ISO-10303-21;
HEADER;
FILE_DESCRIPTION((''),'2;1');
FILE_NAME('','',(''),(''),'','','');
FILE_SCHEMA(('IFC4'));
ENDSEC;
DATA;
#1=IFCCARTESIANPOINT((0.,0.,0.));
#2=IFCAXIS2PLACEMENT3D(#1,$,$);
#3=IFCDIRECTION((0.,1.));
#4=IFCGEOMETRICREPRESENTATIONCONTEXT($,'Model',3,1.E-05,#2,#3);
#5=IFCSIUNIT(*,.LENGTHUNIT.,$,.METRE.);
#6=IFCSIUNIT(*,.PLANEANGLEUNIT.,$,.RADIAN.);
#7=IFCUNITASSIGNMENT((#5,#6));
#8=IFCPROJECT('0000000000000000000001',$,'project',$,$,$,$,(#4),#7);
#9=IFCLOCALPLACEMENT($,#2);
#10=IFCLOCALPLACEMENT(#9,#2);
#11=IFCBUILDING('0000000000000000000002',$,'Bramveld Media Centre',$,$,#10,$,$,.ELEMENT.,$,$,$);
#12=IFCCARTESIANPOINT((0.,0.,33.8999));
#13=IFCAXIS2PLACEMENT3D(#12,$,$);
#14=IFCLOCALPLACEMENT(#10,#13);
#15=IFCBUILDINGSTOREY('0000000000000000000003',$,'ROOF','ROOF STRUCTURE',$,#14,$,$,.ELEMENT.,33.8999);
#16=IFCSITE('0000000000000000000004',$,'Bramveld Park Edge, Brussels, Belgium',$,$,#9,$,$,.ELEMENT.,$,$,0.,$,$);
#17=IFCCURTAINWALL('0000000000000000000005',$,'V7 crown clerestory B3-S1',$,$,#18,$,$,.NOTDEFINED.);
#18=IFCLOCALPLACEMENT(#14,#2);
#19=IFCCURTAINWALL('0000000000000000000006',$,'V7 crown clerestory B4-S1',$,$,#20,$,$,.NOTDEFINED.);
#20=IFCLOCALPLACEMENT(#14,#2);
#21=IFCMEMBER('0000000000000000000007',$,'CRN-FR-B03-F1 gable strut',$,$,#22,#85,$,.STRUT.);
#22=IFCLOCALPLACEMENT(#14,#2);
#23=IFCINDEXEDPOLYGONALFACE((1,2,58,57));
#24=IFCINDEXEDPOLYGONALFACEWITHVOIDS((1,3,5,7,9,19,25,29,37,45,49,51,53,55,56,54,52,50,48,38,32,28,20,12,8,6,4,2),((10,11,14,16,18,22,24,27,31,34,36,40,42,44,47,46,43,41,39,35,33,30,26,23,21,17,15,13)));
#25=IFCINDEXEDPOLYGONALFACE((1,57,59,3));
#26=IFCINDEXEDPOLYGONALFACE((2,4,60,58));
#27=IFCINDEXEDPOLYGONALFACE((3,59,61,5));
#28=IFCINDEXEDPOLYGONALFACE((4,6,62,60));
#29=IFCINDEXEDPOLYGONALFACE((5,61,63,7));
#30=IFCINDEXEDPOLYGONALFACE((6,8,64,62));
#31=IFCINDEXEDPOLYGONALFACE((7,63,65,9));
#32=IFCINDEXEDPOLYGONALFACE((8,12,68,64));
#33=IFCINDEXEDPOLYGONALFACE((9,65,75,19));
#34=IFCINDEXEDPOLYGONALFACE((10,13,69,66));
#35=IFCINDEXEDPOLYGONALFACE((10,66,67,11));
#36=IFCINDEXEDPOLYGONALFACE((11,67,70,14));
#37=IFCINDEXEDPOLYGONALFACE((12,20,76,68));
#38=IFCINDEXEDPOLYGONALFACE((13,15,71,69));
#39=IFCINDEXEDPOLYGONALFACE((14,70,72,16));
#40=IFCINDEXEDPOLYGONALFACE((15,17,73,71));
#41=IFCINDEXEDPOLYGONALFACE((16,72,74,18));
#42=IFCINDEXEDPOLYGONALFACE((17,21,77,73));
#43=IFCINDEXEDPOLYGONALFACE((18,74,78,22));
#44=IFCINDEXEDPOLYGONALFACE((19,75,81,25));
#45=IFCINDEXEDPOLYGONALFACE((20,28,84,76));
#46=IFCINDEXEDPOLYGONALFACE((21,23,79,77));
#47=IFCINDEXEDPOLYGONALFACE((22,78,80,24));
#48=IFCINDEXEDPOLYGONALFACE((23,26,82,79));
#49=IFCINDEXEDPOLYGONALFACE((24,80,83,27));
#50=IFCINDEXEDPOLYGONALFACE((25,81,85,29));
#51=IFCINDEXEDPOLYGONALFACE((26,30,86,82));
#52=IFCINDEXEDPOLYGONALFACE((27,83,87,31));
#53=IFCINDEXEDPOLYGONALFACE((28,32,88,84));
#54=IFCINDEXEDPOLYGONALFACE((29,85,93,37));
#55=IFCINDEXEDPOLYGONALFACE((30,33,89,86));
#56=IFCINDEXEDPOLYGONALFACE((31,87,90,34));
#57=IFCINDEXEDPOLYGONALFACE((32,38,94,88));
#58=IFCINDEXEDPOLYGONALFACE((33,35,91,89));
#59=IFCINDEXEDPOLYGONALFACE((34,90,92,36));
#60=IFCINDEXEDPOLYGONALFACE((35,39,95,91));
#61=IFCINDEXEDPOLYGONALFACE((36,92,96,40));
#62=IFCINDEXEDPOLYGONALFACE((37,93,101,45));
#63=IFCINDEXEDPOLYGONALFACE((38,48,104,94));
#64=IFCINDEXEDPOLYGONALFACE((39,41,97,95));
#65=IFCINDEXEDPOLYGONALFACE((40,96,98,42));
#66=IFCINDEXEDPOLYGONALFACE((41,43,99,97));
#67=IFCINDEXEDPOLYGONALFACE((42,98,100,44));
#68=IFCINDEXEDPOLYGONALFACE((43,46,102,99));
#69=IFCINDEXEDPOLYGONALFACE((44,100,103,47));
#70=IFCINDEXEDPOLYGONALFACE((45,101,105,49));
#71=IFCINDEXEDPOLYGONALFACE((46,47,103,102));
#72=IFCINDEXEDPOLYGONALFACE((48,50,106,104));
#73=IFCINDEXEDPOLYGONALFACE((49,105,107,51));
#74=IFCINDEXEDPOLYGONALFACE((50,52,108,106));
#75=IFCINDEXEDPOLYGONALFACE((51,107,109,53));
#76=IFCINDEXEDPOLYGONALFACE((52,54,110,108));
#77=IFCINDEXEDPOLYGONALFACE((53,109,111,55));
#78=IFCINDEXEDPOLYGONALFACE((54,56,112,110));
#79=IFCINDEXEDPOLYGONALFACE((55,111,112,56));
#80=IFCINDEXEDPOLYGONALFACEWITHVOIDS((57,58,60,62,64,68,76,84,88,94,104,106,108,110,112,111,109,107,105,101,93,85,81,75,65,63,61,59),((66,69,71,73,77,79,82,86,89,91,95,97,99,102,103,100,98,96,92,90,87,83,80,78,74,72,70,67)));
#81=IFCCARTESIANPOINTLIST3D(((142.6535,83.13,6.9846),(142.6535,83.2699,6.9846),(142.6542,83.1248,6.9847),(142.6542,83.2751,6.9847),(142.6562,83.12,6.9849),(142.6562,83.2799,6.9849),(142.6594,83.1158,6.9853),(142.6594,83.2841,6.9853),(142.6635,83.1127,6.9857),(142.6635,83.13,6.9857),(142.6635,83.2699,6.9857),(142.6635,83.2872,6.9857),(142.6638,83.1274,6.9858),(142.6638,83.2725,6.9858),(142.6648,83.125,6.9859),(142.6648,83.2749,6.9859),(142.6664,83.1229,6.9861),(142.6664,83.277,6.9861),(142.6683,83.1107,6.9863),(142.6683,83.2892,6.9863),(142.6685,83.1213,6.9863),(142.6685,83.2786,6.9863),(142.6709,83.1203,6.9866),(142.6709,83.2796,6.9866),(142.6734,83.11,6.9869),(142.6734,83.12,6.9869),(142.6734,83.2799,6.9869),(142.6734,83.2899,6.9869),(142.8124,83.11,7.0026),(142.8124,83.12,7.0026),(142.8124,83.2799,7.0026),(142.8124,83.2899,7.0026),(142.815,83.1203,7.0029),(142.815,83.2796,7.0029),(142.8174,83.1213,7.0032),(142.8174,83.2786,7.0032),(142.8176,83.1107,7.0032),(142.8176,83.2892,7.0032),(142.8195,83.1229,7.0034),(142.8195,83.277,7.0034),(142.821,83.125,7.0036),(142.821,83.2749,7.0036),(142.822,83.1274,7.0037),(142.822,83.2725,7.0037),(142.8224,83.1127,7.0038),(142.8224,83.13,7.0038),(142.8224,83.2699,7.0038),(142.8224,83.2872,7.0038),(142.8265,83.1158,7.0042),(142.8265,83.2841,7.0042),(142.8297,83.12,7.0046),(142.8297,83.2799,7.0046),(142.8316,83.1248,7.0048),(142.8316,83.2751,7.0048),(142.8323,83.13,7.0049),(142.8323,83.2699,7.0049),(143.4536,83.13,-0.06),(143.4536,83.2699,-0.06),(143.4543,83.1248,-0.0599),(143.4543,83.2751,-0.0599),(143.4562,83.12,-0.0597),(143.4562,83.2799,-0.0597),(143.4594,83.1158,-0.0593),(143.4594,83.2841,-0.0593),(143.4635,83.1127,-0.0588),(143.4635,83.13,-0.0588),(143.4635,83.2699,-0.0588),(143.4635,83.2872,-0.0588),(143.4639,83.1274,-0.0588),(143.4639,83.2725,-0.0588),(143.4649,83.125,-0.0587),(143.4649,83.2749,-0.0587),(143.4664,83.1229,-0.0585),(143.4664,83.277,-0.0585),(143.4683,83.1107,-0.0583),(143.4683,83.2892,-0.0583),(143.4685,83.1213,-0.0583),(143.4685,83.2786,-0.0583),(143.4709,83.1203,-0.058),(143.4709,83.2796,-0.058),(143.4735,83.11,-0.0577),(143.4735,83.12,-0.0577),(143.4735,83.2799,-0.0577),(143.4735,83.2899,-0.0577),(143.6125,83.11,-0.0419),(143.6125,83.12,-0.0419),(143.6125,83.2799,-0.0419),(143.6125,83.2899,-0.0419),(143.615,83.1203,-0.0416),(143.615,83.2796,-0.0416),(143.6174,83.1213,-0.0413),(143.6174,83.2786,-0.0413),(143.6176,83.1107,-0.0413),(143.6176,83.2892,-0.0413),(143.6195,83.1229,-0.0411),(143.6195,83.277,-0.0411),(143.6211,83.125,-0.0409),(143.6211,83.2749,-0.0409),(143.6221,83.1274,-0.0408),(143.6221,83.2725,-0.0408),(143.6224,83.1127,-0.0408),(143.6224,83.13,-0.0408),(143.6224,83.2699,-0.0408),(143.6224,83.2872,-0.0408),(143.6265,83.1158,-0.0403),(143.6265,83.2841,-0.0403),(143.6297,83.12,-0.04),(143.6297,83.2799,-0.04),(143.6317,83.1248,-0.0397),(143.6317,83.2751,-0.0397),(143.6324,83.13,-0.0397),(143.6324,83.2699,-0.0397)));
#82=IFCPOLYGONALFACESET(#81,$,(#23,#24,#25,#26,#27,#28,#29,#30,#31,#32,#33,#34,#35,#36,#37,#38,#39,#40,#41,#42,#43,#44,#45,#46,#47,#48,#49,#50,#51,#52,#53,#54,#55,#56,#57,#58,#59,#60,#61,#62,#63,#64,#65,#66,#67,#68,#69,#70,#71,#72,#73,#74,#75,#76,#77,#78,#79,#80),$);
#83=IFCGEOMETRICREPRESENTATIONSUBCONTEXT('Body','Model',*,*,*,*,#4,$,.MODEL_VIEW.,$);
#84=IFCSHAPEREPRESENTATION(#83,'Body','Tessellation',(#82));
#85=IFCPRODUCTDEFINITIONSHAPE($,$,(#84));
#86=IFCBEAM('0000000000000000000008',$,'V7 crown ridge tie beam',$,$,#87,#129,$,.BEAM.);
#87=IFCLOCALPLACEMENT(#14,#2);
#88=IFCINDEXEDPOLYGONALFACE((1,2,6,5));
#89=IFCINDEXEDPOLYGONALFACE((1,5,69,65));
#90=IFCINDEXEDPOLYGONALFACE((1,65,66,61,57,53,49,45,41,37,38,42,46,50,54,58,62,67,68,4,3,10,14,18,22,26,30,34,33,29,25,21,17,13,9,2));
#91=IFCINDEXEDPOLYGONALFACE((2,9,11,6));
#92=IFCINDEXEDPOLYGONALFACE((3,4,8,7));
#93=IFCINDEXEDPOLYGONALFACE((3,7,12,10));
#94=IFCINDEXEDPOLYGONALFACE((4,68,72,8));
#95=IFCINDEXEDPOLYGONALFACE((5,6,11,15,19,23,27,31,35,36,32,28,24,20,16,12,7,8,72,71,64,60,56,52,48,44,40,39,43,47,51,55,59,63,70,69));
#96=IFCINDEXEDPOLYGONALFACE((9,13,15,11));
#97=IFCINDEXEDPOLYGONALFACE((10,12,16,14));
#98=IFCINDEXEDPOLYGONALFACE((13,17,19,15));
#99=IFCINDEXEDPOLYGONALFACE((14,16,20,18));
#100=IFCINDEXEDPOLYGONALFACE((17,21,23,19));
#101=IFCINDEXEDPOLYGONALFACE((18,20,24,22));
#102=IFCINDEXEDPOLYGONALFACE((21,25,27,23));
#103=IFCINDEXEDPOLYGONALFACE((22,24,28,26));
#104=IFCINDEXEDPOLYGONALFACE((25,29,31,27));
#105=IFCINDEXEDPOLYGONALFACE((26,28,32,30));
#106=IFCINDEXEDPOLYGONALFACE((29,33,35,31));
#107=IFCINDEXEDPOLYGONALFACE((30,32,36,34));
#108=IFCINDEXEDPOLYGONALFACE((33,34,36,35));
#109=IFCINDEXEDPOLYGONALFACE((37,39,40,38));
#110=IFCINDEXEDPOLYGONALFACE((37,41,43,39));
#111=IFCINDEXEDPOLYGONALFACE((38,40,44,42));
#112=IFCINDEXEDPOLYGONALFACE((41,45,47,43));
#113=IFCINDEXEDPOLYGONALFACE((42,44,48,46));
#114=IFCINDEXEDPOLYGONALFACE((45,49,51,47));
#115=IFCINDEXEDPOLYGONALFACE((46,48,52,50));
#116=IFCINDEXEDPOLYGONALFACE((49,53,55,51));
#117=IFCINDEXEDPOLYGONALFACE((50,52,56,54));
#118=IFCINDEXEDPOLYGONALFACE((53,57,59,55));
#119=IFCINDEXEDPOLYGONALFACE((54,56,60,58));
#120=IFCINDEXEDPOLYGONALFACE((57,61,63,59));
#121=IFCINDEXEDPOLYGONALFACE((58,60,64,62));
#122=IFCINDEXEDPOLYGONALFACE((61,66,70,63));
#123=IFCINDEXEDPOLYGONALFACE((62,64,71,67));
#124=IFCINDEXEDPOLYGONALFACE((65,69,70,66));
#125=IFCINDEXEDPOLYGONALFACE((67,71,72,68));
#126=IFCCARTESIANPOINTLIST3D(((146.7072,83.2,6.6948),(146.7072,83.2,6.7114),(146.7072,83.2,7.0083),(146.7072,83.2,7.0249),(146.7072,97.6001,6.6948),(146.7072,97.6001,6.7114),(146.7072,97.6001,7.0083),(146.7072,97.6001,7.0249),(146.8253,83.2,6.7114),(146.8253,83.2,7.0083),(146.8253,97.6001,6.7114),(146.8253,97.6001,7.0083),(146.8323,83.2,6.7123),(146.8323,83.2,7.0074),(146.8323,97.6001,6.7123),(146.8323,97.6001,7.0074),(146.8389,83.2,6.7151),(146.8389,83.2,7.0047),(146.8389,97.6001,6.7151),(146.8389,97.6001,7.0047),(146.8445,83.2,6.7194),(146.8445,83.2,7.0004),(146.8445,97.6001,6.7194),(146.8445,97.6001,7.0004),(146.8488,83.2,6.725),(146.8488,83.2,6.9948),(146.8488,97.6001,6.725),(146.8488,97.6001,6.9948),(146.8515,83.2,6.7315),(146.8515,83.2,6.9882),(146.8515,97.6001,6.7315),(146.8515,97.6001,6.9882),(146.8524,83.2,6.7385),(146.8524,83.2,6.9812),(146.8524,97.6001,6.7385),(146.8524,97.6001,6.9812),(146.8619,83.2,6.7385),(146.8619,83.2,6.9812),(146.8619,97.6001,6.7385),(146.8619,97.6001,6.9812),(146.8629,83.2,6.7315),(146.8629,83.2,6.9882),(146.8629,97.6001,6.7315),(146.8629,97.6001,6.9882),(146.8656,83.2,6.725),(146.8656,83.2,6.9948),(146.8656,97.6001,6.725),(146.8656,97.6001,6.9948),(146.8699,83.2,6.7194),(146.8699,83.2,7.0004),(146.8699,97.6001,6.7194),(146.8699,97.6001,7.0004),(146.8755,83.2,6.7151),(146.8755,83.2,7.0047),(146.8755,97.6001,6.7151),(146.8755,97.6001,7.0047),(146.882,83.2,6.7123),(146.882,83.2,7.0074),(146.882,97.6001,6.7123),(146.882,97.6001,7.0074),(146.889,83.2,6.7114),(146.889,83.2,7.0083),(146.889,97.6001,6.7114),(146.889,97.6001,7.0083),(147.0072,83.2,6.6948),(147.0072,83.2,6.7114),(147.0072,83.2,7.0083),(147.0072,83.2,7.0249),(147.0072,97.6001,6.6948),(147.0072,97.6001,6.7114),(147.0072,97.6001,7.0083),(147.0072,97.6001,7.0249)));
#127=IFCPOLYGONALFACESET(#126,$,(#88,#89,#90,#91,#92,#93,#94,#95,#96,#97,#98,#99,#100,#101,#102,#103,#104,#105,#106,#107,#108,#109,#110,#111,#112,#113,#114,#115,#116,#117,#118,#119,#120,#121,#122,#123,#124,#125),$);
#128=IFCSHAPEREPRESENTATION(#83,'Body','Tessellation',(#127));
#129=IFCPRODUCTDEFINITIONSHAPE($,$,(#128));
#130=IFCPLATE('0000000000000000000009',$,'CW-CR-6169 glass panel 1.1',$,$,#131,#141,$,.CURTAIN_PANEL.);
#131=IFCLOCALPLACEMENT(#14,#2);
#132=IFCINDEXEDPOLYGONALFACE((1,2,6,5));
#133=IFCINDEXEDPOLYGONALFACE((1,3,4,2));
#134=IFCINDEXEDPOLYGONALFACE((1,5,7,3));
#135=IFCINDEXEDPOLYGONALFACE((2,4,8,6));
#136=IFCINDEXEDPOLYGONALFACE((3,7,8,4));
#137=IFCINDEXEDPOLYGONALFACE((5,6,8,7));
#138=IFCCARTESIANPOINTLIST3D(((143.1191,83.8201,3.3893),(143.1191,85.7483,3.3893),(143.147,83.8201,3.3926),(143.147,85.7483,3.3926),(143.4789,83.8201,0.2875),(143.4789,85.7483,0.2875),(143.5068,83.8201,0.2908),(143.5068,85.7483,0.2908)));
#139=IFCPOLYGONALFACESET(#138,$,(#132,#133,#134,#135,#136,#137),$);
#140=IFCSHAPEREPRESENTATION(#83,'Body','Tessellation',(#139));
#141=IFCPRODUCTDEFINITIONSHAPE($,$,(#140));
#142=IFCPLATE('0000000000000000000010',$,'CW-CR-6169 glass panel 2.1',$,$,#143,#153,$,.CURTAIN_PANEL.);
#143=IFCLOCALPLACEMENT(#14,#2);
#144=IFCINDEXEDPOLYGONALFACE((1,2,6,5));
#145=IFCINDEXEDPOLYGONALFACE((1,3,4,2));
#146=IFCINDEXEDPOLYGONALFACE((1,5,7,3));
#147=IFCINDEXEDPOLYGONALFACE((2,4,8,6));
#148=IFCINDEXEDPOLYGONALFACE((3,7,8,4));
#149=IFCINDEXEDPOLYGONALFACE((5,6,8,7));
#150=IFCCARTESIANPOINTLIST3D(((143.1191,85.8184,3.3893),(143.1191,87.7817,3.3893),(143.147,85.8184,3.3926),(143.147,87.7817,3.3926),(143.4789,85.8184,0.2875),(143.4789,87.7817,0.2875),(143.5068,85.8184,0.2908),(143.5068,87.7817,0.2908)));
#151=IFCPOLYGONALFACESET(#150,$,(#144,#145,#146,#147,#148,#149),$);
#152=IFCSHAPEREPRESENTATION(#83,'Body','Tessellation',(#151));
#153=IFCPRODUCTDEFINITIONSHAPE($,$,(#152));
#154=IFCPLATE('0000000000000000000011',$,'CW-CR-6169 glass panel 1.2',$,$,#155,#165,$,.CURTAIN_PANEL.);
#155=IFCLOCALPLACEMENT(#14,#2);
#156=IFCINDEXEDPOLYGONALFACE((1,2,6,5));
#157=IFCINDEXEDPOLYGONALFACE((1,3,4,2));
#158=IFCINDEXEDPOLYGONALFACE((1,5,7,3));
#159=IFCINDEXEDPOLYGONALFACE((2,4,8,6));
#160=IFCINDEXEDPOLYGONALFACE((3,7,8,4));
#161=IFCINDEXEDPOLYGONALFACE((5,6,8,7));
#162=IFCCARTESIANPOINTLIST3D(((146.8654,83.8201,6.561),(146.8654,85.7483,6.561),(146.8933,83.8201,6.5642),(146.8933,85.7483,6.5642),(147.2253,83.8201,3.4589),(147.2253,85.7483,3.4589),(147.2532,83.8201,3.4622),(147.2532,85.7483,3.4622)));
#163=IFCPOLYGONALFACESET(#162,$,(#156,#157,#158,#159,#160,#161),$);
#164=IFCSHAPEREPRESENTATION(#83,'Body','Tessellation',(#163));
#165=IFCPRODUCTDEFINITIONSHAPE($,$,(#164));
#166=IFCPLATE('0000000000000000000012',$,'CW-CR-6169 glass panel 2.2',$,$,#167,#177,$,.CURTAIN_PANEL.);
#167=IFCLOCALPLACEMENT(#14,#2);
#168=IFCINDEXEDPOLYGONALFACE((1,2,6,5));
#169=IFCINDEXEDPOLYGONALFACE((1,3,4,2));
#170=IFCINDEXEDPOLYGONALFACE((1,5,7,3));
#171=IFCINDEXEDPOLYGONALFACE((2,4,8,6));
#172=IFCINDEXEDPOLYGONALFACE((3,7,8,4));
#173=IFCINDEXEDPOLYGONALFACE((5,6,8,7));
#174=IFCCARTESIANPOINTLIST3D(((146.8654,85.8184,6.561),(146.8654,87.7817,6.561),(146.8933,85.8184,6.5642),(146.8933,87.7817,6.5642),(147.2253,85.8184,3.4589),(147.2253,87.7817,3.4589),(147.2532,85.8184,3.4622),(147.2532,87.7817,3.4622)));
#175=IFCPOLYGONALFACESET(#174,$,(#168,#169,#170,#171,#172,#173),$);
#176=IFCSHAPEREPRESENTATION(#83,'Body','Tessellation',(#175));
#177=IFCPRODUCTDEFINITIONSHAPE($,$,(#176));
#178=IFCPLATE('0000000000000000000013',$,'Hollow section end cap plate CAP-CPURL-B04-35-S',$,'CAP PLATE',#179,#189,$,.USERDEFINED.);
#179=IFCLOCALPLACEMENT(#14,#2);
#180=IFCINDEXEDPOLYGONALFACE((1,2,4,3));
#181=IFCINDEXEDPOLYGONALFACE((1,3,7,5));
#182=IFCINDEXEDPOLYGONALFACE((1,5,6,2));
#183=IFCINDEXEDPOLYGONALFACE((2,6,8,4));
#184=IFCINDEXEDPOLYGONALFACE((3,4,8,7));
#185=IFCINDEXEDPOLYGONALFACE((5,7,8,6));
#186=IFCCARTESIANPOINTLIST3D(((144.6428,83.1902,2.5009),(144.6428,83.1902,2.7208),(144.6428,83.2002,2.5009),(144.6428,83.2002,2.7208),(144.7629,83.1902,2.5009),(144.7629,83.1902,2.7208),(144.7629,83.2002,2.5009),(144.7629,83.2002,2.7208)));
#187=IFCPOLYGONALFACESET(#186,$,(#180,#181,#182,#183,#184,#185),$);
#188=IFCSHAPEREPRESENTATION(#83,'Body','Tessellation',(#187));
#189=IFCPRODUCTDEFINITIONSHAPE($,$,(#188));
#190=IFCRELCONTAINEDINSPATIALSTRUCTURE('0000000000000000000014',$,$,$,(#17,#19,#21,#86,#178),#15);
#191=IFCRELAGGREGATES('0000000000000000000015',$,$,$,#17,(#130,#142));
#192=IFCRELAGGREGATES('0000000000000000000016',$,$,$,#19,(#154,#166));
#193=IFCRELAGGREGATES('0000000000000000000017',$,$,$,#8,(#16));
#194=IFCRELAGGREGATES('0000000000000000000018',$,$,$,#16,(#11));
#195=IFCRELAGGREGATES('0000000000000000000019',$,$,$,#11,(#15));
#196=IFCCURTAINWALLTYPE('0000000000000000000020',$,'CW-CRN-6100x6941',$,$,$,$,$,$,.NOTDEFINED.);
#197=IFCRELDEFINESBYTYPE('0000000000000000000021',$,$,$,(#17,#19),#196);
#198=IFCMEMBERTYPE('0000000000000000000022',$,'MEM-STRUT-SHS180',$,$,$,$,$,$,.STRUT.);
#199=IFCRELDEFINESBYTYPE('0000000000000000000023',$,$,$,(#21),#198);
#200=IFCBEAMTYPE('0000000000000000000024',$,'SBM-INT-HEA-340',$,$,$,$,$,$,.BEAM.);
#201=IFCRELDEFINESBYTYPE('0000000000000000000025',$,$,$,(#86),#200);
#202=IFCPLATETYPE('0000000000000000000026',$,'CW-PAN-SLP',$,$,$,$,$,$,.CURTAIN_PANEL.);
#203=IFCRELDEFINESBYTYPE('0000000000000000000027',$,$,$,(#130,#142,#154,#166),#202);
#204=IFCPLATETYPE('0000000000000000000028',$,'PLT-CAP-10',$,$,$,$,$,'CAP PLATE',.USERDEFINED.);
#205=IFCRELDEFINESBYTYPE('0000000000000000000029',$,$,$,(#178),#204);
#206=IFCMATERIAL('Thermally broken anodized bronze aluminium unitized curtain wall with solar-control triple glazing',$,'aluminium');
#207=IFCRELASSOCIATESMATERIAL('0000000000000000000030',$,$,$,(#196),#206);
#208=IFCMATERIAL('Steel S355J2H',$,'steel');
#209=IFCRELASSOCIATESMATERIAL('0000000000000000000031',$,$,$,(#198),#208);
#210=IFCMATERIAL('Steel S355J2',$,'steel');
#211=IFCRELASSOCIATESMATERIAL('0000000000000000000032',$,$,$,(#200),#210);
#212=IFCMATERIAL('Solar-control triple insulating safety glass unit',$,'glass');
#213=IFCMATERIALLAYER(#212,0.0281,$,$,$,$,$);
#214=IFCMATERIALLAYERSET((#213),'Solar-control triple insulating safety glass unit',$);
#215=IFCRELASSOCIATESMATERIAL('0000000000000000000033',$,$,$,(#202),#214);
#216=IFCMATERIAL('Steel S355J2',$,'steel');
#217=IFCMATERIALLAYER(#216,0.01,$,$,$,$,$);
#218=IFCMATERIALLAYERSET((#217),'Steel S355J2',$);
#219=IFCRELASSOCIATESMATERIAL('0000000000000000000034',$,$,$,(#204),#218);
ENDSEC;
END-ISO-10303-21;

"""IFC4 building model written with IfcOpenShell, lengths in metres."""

from ifc_helpers import new_model, si_unit, direction, frame, origin, origin_2d, place, context, subcontext, project, spatial, polyline, rectangle, hollow_rectangle, i_section, outline, extrude, material, layer, layer_set, material_profile, profile_set, type_object, element, aggregate, save


model = new_model("IFC4")

# Units and contexts
model_context = context("Model", 3, precision=1e-05, world=origin(), true_north=direction((0.0, 1.0)))
body_context = subcontext(model_context, "Body", "Model", "MODEL_VIEW")
ifc_project = project(units=[si_unit("LENGTHUNIT", "METRE"), si_unit("PLANEANGLEUNIT", "RADIAN")], contexts=[model_context])

# Site, building, storey
site_placement = place(None, origin())
site = spatial("IfcSite", under=ifc_project, at=site_placement, Name="Bramveld Park Edge, Brussels, Belgium", CompositionType="ELEMENT", RefElevation=0.0)
building_placement = place(site_placement, origin())
building = spatial("IfcBuilding", under=site, at=building_placement, Name="Bramveld Media Centre", CompositionType="ELEMENT")
storey_placement = place(building_placement, frame((0.0, 0.0, 33.8999)))
storey = spatial("IfcBuildingStorey", under=building, at=storey_placement, Name="ROOF", Description="ROOF STRUCTURE", CompositionType="ELEMENT", Elevation=33.8999)

# Curtain walls
ifc_material_1 = material(Name="Thermally broken anodized bronze aluminium unitized curtain wall with solar-control triple glazing", Category="aluminium")
curtain_wall_type = type_object("IfcCurtainWallType", Name="CW-CRN-6100x6941", PredefinedType="NOTDEFINED", material=ifc_material_1)
curtain_wall_1_placement = place(storey_placement, origin())
curtain_wall_1 = element("IfcCurtainWall", 1, at=curtain_wall_1_placement, inside=storey, type_object=curtain_wall_type, Name="V7 crown clerestory B3-S1", PredefinedType="NOTDEFINED")
curtain_wall_2_placement = place(storey_placement, origin())
curtain_wall_2 = element("IfcCurtainWall", 2, at=curtain_wall_2_placement, inside=storey, type_object=curtain_wall_type, Name="V7 crown clerestory B4-S1", PredefinedType="NOTDEFINED")

# Member
ifc_material_2 = material(Name="Steel S355J2H", Category="steel")
ifc_material_profile_1 = material_profile(ifc_material_2, hollow_rectangle(XDim=0.1799, YDim=0.1799, WallThickness=0.01, InnerFilletRadius=0.01, OuterFilletRadius=0.02, at=origin_2d()), Name="SHS 180x180x10")
ifc_profile_set_1 = profile_set([ifc_material_profile_1], Name="Steel S355J2H")
member_type_1 = type_object("IfcMemberType", Name="MEM-STRUT-SHS180", PredefinedType="STRUT", material=ifc_profile_set_1)
member_1_placement = place(storey_placement, frame((143.543, 83.2, -0.0498), z_axis=(-0.112842, 0.0, 0.993613), x_axis=(0.0, -1.0, 0.0)))
element("IfcMember", 3, at=member_1_placement, inside=storey, type_object=member_type_1, Name="CRN-FR-B03-F1 gable strut", PredefinedType="STRUT", context=body_context, shape_type="SweptSolid", body=[
    extrude(hollow_rectangle(XDim=0.1799, YDim=0.1799, WallThickness=0.01, InnerFilletRadius=0.01, OuterFilletRadius=0.02, at=origin_2d()), origin(), (0.0, 0.0, 1.0), 7.0898),
])

# Beam
ifc_material_3 = material(Name="Steel S355J2", Category="steel")
ifc_material_profile_2 = material_profile(ifc_material_3, i_section(OverallWidth=0.3, OverallDepth=0.3301, WebThickness=0.0095, FlangeThickness=0.0166, FilletRadius=0.0271, at=origin_2d()), Name="HEA 340")
ifc_profile_set_2 = profile_set([ifc_material_profile_2], Name="Steel S355J2")
beam_type = type_object("IfcBeamType", Name="SBM-INT-HEA-340", PredefinedType="BEAM", material=ifc_profile_set_2)
beam_placement = place(storey_placement, frame((146.8572, 83.2, 6.8599), z_axis=(0.0, 1.0, 0.0), x_axis=(-1.0, 0.0, 0.0)))
element("IfcBeam", 4, at=beam_placement, inside=storey, type_object=beam_type, Name="V7 crown ridge tie beam", PredefinedType="BEAM", context=body_context, shape_type="SweptSolid", body=[
    extrude(i_section(OverallWidth=0.3, OverallDepth=0.3301, WebThickness=0.0095, FlangeThickness=0.0166, FilletRadius=0.0271, at=origin_2d()), origin(), (0.0, 0.0, 1.0), 14.4001),
])

# Plates
ifc_material_4 = material(Name="Solar-control triple insulating safety glass unit", Category="glass")
ifc_layer_1 = layer(ifc_material_4, 0.0281)
ifc_layer_set_1 = layer_set([ifc_layer_1], Name="Solar-control triple insulating safety glass unit")
plate_type_1 = type_object("IfcPlateType", Name="CW-PAN-SLP", PredefinedType="CURTAIN_PANEL", material=ifc_layer_set_1)
plate_1_placement = place(storey_placement, frame((143.5068, 83.8201, 0.2908), z_axis=(0.993337, 0.0, 0.115244), x_axis=(0.0, 1.0, 0.0)))
plate_1 = element("IfcPlate", 5, at=plate_1_placement, type_object=plate_type_1, Name="CW-CR-6169 glass panel 1.1", PredefinedType="CURTAIN_PANEL", context=body_context, shape_type="SweptSolid", body=[
    extrude(outline(polyline([(0.0, 0.0), (1.9282, 0.0), (1.9282, 3.1226), (0.0, 3.1226), (0.0, 0.0)])), origin(), (0.0, 0.0, -1.0), 0.0281),
])
plate_2_placement = place(storey_placement, frame((143.5068, 85.8184, 0.2908), z_axis=(0.993337, 0.0, 0.115244), x_axis=(0.0, 1.0, 0.0)))
plate_2 = element("IfcPlate", 6, at=plate_2_placement, type_object=plate_type_1, Name="CW-CR-6169 glass panel 2.1", PredefinedType="CURTAIN_PANEL", context=body_context, shape_type="SweptSolid", body=[
    extrude(outline(polyline([(0.0, 0.0), (1.9634, 0.0), (1.9634, 3.1226), (0.0, 3.1226), (0.0, 0.0)])), origin(), (0.0, 0.0, -1.0), 0.0281),
])
aggregate(curtain_wall_1, [plate_1, plate_2])
plate_3_placement = place(storey_placement, frame((147.2532, 83.8201, 3.4622), z_axis=(0.993338, 0.0, 0.115235), x_axis=(0.0, 1.0, 0.0)))
plate_3 = element("IfcPlate", 7, at=plate_3_placement, type_object=plate_type_1, Name="CW-CR-6169 glass panel 1.2", PredefinedType="CURTAIN_PANEL", context=body_context, shape_type="SweptSolid", body=[
    extrude(outline(polyline([(0.0, 0.0), (1.9282, 0.0), (1.9282, 3.1229), (0.0, 3.1229), (0.0, 0.0)])), origin(), (0.0, 0.0, -1.0), 0.0281),
])
plate_4_placement = place(storey_placement, frame((147.2532, 85.8184, 3.4622), z_axis=(0.993338, 0.0, 0.115235), x_axis=(0.0, 1.0, 0.0)))
plate_4 = element("IfcPlate", 8, at=plate_4_placement, type_object=plate_type_1, Name="CW-CR-6169 glass panel 2.2", PredefinedType="CURTAIN_PANEL", context=body_context, shape_type="SweptSolid", body=[
    extrude(outline(polyline([(0.0, 0.0), (1.9634, 0.0), (1.9634, 3.1229), (0.0, 3.1229), (0.0, 0.0)])), origin(), (0.0, 0.0, -1.0), 0.0281),
])
aggregate(curtain_wall_2, [plate_3, plate_4])

# Plate
ifc_material_5 = material(Name="Steel S355J2", Category="steel")
ifc_layer_2 = layer(ifc_material_5, 0.01)
ifc_layer_set_2 = layer_set([ifc_layer_2], Name="Steel S355J2")
plate_type_2 = type_object("IfcPlateType", Name="PLT-CAP-10", ElementType="CAP PLATE", PredefinedType="USERDEFINED", material=ifc_layer_set_2)
for number, where, z_axis, x_axis, name in (
    (9, (144.7029, 83.2002, 2.6108), (0.0, -1.0, 0.0), (1.0, 0.0, 0.0), "Hollow section end cap plate CAP-CPURL-B04-35-S"),
):
    element("IfcPlate", number, at=place(storey_placement, frame(where, z_axis=z_axis, x_axis=x_axis)), inside=storey, type_object=plate_type_2, Name=name, ObjectType="CAP PLATE", PredefinedType="USERDEFINED", context=body_context, shape_type="SweptSolid", body=[
        extrude(rectangle(XDim=0.1201, YDim=0.22, at=origin_2d()), origin(), (0.0, 0.0, 1.0), 0.01),
    ])

save(model, "model.ifc")
